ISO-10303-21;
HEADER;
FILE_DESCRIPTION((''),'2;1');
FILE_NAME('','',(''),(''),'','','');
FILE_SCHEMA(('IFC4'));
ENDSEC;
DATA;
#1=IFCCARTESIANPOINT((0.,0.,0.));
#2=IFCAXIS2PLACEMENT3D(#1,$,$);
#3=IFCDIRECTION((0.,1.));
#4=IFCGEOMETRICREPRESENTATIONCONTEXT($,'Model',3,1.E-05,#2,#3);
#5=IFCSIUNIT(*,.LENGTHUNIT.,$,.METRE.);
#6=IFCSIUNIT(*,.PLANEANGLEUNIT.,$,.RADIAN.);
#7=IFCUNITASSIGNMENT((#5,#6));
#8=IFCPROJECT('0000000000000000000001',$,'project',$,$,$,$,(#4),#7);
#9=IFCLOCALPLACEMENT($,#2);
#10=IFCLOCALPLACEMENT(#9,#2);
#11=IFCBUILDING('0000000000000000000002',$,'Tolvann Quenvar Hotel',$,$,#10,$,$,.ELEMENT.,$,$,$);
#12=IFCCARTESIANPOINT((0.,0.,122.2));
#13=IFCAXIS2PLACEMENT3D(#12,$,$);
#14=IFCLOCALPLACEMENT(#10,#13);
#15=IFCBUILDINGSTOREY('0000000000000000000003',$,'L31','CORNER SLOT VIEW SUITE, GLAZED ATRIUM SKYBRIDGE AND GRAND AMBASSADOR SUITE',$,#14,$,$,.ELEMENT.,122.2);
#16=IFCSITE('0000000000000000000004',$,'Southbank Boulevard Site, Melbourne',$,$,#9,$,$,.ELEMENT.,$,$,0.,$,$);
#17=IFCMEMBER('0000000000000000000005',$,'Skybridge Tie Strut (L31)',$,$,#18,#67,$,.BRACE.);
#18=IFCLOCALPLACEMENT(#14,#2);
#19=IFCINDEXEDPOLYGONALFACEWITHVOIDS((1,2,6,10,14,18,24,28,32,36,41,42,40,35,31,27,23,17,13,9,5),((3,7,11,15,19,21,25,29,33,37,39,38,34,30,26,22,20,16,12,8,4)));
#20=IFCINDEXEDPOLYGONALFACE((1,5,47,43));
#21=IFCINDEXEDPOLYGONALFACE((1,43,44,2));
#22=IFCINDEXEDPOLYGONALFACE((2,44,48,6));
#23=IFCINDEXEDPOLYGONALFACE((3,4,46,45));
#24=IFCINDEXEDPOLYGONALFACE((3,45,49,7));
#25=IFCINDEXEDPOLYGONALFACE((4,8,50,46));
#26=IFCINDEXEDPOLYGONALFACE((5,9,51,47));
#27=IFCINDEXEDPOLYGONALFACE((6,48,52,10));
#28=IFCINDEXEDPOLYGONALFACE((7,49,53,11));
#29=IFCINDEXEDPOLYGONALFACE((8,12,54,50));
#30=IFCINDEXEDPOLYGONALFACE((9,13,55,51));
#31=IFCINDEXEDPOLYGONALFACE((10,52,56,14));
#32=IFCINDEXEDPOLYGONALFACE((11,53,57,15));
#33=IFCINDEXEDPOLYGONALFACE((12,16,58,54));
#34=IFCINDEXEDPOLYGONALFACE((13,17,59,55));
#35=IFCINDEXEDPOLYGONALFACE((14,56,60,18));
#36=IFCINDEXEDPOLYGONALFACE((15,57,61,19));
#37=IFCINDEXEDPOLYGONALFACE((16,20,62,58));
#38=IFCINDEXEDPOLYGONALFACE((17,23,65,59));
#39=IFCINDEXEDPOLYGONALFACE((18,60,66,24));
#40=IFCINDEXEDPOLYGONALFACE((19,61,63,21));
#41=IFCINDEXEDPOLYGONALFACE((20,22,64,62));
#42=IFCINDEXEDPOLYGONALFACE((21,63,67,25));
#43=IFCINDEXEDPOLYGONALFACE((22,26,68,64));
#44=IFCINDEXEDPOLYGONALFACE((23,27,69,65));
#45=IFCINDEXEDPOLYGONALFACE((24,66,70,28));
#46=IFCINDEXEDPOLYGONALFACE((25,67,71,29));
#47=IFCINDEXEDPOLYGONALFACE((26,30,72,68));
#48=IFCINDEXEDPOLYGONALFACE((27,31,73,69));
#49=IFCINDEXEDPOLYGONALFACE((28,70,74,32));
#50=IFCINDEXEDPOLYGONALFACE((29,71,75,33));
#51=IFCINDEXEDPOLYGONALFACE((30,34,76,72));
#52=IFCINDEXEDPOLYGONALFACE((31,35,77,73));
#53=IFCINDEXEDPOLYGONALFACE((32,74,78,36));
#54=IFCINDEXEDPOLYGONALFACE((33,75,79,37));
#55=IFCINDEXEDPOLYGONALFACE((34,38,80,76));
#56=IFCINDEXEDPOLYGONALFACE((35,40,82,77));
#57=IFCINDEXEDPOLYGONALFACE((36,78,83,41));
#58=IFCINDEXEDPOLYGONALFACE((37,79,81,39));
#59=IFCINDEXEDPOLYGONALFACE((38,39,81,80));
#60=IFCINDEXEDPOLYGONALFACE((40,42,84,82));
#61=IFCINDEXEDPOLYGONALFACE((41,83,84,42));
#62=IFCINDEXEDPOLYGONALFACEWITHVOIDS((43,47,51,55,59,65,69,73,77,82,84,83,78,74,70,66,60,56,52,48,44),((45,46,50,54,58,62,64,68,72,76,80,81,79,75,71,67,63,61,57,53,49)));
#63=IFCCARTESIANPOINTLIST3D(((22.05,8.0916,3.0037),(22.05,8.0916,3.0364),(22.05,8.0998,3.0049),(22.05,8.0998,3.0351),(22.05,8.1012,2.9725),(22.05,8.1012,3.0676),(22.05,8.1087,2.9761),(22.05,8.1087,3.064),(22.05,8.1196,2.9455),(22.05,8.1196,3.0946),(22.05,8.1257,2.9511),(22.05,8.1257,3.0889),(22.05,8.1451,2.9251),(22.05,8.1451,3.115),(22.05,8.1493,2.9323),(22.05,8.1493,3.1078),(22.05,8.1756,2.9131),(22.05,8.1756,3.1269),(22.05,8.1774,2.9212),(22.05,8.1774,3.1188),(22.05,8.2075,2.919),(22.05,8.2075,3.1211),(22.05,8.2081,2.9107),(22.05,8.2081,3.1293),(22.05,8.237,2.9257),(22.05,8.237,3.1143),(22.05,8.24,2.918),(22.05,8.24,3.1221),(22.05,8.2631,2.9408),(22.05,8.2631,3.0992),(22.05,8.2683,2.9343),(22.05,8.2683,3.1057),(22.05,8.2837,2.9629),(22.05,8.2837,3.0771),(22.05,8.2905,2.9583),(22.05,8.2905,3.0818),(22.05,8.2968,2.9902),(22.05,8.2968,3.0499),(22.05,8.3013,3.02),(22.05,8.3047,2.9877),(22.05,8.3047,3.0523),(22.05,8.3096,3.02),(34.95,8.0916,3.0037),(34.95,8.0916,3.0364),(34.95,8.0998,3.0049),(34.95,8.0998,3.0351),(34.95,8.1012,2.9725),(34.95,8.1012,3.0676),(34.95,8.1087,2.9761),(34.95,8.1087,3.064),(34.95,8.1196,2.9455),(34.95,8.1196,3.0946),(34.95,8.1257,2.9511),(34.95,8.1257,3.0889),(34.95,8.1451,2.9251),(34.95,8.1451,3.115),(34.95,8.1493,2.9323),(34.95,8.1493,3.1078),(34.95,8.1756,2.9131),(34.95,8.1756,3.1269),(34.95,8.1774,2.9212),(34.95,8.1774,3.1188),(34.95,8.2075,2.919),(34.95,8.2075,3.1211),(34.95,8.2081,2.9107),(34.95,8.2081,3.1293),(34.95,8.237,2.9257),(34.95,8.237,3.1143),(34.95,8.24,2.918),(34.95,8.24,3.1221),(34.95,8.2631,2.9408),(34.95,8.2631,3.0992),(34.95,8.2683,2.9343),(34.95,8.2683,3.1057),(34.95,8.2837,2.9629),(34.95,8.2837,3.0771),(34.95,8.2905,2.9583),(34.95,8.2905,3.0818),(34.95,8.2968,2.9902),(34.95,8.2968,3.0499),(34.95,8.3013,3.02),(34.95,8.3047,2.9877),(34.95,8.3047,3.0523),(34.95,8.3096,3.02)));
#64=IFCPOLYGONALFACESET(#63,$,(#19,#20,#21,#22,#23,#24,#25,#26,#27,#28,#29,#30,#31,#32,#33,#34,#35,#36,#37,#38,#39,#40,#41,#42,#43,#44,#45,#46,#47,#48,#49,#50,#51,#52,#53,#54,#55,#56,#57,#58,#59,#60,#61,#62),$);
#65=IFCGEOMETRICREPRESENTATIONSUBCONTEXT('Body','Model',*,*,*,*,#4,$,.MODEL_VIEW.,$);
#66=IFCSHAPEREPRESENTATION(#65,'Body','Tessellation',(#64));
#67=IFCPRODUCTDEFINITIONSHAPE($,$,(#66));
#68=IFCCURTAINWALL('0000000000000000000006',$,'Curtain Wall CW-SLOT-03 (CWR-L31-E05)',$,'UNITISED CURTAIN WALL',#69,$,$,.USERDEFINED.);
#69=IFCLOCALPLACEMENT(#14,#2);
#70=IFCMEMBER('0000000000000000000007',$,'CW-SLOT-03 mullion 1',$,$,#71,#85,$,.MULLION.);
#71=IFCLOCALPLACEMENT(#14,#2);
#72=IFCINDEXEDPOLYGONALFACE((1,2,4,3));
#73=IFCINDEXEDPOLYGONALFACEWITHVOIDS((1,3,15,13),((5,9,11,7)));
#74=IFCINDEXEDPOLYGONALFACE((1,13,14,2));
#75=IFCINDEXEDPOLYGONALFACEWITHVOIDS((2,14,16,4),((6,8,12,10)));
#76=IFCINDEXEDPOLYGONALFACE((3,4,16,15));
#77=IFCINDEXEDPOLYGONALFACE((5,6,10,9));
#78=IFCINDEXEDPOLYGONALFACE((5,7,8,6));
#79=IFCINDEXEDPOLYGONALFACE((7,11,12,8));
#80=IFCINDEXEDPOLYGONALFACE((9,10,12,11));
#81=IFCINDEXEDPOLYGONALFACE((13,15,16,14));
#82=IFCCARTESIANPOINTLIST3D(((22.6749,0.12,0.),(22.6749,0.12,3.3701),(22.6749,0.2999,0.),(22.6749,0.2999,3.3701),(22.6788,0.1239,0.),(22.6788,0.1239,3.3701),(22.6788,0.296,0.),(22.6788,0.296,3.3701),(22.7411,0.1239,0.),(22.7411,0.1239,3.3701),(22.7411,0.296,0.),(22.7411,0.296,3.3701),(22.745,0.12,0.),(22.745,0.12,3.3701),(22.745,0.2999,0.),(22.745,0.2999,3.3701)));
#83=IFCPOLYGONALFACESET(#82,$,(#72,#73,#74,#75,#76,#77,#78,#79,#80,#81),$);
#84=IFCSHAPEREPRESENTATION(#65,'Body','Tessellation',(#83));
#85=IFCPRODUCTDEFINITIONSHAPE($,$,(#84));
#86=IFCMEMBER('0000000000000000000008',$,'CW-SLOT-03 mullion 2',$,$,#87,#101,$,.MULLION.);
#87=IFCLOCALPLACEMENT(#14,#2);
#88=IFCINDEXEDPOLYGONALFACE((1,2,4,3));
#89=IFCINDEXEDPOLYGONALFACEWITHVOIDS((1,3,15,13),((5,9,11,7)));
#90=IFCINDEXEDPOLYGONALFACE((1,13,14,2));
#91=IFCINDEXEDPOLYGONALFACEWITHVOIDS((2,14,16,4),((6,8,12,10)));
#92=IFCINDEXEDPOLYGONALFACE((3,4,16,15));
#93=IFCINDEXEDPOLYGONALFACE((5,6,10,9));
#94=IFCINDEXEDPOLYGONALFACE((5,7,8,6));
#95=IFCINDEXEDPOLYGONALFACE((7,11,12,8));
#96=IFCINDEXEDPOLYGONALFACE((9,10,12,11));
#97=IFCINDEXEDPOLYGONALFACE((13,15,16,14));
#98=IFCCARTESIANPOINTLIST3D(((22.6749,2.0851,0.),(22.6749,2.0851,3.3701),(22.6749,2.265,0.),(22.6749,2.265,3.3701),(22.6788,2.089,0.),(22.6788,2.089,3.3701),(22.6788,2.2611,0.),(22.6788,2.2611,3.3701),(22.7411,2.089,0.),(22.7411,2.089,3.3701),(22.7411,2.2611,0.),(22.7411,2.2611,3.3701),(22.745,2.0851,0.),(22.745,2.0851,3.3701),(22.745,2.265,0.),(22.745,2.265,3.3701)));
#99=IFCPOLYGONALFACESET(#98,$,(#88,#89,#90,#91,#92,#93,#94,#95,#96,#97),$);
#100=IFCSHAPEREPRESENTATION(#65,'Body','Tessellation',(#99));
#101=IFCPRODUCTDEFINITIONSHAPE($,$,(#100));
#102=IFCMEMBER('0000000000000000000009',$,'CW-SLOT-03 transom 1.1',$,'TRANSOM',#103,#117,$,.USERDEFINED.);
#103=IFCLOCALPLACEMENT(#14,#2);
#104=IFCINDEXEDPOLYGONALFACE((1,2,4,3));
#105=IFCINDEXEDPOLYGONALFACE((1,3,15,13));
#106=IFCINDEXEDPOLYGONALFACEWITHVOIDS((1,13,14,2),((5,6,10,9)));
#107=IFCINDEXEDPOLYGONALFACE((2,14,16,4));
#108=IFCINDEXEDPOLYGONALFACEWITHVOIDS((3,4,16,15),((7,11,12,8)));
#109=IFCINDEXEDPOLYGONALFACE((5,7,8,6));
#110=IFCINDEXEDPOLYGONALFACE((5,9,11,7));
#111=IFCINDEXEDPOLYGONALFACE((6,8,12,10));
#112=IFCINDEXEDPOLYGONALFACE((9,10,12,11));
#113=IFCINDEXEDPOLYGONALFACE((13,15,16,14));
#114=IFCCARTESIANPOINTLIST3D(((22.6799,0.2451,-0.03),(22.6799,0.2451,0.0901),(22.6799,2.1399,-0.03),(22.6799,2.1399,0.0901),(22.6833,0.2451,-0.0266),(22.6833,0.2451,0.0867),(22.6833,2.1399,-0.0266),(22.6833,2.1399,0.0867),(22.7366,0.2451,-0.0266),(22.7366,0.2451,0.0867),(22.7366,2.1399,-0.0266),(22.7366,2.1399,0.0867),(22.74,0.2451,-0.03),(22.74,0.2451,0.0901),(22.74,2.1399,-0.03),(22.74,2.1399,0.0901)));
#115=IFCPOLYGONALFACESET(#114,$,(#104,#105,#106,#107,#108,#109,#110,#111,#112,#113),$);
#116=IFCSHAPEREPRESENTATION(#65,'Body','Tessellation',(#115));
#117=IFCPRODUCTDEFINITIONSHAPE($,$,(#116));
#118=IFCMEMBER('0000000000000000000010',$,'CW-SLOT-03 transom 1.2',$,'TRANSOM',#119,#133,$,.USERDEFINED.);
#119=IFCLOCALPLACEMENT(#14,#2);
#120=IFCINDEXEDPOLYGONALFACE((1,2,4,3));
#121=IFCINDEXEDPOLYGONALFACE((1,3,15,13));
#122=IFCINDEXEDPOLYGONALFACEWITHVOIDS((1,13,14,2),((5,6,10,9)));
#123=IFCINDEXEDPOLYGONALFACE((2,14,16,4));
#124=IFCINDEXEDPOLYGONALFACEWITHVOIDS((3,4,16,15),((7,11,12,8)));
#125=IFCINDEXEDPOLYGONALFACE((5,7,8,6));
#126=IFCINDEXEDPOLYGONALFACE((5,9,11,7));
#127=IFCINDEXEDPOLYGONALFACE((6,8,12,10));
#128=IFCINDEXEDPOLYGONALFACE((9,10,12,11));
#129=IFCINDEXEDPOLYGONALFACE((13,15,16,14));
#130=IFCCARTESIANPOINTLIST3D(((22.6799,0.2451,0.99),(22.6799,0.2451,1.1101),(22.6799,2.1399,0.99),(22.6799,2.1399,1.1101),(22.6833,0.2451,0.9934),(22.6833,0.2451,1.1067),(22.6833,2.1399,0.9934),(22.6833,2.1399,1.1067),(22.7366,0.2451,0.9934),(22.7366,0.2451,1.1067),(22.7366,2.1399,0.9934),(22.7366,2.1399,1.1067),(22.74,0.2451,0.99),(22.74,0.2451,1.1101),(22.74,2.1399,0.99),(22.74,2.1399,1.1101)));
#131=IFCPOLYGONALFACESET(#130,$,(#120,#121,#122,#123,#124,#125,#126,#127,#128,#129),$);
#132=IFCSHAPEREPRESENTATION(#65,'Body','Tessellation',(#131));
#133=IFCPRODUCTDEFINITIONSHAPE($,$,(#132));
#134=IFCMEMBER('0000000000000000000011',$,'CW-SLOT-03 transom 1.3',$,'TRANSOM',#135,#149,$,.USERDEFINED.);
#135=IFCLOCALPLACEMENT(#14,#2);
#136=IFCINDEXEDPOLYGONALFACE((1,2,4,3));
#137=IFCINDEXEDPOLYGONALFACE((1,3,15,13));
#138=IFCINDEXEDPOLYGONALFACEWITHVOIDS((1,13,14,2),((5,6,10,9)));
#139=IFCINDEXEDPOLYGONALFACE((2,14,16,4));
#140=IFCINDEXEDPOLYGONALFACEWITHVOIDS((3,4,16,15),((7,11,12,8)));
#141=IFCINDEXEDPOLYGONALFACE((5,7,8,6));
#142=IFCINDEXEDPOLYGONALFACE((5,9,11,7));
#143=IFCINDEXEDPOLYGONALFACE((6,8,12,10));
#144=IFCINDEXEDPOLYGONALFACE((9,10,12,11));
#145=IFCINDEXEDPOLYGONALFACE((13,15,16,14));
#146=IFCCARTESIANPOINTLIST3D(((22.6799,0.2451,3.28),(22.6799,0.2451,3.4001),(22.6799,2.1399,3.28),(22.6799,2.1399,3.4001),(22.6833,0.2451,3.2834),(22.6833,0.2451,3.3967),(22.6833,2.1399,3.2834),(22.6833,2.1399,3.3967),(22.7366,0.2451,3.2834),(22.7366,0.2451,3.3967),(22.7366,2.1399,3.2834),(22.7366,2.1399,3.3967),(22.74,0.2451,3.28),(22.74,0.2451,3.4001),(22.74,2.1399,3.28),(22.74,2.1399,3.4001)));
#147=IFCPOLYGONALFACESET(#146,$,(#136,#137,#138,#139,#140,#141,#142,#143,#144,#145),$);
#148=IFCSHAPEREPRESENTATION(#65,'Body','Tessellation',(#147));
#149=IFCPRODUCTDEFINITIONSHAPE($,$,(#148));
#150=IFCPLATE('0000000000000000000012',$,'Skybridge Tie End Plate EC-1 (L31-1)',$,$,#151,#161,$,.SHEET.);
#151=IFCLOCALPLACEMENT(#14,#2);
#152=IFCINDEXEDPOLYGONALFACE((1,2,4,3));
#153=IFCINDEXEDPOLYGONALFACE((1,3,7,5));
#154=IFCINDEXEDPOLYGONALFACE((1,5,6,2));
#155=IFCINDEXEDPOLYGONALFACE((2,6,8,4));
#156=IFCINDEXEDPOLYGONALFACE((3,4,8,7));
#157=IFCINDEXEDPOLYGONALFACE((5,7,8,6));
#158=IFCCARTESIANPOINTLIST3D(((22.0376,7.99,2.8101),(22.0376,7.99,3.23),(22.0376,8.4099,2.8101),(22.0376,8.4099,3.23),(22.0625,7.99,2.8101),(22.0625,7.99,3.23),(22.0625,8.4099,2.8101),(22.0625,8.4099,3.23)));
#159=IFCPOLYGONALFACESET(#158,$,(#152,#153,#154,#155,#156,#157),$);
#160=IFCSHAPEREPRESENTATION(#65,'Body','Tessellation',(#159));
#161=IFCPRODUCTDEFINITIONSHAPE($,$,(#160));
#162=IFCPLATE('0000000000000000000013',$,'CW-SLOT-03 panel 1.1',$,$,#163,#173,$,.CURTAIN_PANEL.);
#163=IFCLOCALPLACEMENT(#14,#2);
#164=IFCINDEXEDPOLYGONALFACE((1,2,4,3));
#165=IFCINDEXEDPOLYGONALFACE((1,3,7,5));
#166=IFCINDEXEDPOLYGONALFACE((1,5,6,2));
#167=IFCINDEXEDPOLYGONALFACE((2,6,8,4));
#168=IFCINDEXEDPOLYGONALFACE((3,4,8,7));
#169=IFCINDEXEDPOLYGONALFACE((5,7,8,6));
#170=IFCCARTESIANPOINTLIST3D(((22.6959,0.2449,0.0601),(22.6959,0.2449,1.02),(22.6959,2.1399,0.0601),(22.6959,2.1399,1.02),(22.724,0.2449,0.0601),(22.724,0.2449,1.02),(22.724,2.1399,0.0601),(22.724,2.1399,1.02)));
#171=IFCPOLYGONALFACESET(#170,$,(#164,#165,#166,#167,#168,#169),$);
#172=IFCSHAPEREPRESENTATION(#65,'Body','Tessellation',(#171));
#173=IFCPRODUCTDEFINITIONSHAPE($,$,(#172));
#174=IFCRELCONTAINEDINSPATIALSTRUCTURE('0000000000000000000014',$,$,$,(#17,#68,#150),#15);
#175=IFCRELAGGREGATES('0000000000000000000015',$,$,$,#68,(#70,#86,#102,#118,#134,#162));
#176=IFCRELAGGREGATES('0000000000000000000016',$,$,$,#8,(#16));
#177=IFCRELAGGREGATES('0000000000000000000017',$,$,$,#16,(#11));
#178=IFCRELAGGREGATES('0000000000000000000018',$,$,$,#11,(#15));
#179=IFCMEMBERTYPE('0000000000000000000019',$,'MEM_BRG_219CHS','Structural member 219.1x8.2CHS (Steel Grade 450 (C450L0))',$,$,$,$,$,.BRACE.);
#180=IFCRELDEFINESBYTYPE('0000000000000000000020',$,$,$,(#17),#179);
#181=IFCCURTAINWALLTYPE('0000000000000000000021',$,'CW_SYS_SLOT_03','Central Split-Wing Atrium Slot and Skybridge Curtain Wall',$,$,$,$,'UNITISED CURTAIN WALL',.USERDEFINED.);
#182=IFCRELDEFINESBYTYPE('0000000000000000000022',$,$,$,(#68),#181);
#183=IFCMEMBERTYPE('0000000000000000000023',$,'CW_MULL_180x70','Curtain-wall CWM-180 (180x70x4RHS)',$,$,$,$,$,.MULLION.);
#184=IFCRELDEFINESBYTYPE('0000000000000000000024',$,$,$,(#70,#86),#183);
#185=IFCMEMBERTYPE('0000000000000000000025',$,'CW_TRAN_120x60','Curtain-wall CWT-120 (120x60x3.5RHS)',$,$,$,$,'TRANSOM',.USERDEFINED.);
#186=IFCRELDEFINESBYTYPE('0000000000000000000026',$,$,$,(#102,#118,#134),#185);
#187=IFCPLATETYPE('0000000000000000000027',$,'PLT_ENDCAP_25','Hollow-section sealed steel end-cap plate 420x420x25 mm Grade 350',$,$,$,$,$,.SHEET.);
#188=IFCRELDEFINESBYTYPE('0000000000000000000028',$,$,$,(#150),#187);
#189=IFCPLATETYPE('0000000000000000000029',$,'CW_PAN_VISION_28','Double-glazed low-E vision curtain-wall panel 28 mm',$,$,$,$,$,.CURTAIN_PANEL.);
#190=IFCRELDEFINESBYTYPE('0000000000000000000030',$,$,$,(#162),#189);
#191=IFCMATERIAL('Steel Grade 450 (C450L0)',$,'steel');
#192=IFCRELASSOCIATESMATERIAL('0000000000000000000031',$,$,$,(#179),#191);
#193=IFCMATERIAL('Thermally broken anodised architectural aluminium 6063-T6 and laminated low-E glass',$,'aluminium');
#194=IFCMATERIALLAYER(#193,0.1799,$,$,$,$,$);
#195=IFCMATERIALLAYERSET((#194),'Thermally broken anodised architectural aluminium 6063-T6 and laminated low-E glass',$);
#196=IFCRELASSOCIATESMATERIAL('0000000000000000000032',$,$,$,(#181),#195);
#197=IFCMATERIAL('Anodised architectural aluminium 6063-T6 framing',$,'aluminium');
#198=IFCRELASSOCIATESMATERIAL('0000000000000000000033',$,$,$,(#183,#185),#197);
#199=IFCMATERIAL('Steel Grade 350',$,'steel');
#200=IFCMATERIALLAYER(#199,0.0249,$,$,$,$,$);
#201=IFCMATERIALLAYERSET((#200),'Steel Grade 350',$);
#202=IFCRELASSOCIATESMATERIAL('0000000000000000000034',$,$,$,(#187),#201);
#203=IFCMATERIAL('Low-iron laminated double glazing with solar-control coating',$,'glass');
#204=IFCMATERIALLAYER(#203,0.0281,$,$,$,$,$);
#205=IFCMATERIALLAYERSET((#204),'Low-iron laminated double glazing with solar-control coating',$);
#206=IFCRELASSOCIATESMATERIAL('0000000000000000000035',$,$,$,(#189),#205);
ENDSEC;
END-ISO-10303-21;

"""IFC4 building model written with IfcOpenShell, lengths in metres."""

from ifc_helpers import new_model, si_unit, direction, frame, origin, origin_2d, place, context, subcontext, project, spatial, rectangle, hollow_rectangle, hollow_circle, extrude, source, transform, mapped, material, layer, layer_set, material_profile, profile_set, type_object, type_shapes, element, aggregate, save


model = new_model("IFC4")

# Units and contexts
model_context = context("Model", 3, precision=1e-05, world=origin(), true_north=direction((0.0, 1.0)))
body_context = subcontext(model_context, "Body", "Model", "MODEL_VIEW")
ifc_project = project(units=[si_unit("LENGTHUNIT", "METRE"), si_unit("PLANEANGLEUNIT", "RADIAN")], contexts=[model_context])

# Site, building, storey
site_placement = place(None, origin())
site = spatial("IfcSite", under=ifc_project, at=site_placement, Name="Southbank Boulevard Site, Melbourne", CompositionType="ELEMENT", RefElevation=0.0)
building_placement = place(site_placement, origin())
building = spatial("IfcBuilding", under=site, at=building_placement, Name="Tolvann Quenvar Hotel", CompositionType="ELEMENT")
storey_placement = place(building_placement, frame((0.0, 0.0, 122.2)))
storey = spatial("IfcBuildingStorey", under=building, at=storey_placement, Name="L31", Description="CORNER SLOT VIEW SUITE, GLAZED ATRIUM SKYBRIDGE AND GRAND AMBASSADOR SUITE", CompositionType="ELEMENT", Elevation=122.2)

# Shared definitions
ifc_material_1 = material(Name="Steel Grade 350", Category="steel")

# Member
ifc_material_2 = material(Name="Steel Grade 450 (C450L0)", Category="steel")
ifc_material_profile_1 = material_profile(ifc_material_2, hollow_circle(Radius=0.1096, WallThickness=0.0083, at=origin_2d()), Name="219.1x8.2CHS")
ifc_profile_set_1 = profile_set([ifc_material_profile_1], Name="Steel Grade 450 (C450L0)")
member_type_1 = type_object("IfcMemberType", Name="MEM_BRG_219CHS", Description="Structural member 219.1x8.2CHS (Steel Grade 450 (C450L0))", PredefinedType="BRACE", material=ifc_profile_set_1)
shared_shape_1 = source(origin(), body_context, "Body", "SweptSolid", [
    extrude(hollow_circle(Radius=0.1096, WallThickness=0.0083, at=origin_2d()), origin(), (0.0, 0.0, 1.0), 12.8999),
])
type_shapes(member_type_1, [shared_shape_1])
member_1_placement = place(storey_placement, frame((22.05, 8.2, 3.02), z_axis=(1.0, 0.0, 0.0), x_axis=(0.0, 1.0, 0.0)))
element("IfcMember", 1, at=member_1_placement, inside=storey, type_object=member_type_1, Name="Skybridge Tie Strut (L31)", PredefinedType="BRACE", context=body_context, shape_type="MappedRepresentation", body=[
    mapped(shared_shape_1, transform((0.0, 0.0, 0.0), x_axis=(1.0, 0.0, 0.0), y_axis=(0.0, 1.0, 0.0), z_axis=(0.0, 0.0, 1.0), scale=1.0)),
])

# Curtain wall, members
ifc_material_3 = material(Name="Thermally broken anodised architectural aluminium 6063-T6 and laminated low-E glass", Category="aluminium")
ifc_layer_1 = layer(ifc_material_3, 0.1799)
ifc_layer_set_1 = layer_set([ifc_layer_1], Name="Thermally broken anodised architectural aluminium 6063-T6 and laminated low-E glass")
curtain_wall_type = type_object("IfcCurtainWallType", Name="CW_SYS_SLOT_03", Description="Central Split-Wing Atrium Slot and Skybridge Curtain Wall", ElementType="UNITISED CURTAIN WALL", PredefinedType="USERDEFINED", material=ifc_layer_set_1)
curtain_wall_placement = place(storey_placement, origin())
curtain_wall = element("IfcCurtainWall", 2, at=curtain_wall_placement, inside=storey, type_object=curtain_wall_type, Name="Curtain Wall CW-SLOT-03 (CWR-L31-E05)", ObjectType="UNITISED CURTAIN WALL", PredefinedType="USERDEFINED")
ifc_material_4 = material(Name="Anodised architectural aluminium 6063-T6 framing", Category="aluminium")
ifc_material_profile_2 = material_profile(ifc_material_4, hollow_rectangle(XDim=0.0701, YDim=0.1799, WallThickness=0.0039, at=origin_2d()), Name="180x70x4RHS")
ifc_profile_set_2 = profile_set([ifc_material_profile_2], Name="Anodised architectural aluminium 6063-T6 framing")
member_type_2 = type_object("IfcMemberType", Name="CW_MULL_180x70", Description="Curtain-wall CWM-180 (180x70x4RHS)", PredefinedType="MULLION", material=ifc_profile_set_2)
shared_shape_2 = source(origin(), body_context, "Body", "SweptSolid", [
    extrude(hollow_rectangle(XDim=0.0701, YDim=0.1799, WallThickness=0.0039, at=origin_2d()), origin(), (0.0, 0.0, 1.0), 3.3701),
])
type_shapes(member_type_2, [shared_shape_2])
member_2_placement = place(storey_placement, frame((22.71, 0.21, 0.0), z_axis=(0.0, 0.0, 1.0), x_axis=(-1.0, 0.0, 0.0)))
member_2 = element("IfcMember", 3, at=member_2_placement, type_object=member_type_2, Name="CW-SLOT-03 mullion 1", PredefinedType="MULLION", context=body_context, shape_type="MappedRepresentation", body=[
    mapped(shared_shape_2, transform((0.0, 0.0, 0.0), x_axis=(1.0, 0.0, 0.0), y_axis=(0.0, 1.0, 0.0), z_axis=(0.0, 0.0, 1.0), scale=1.0)),
])
member_3_placement = place(storey_placement, frame((22.71, 2.175, 0.0), z_axis=(0.0, 0.0, 1.0), x_axis=(-1.0, 0.0, 0.0)))
member_3 = element("IfcMember", 4, at=member_3_placement, type_object=member_type_2, Name="CW-SLOT-03 mullion 2", PredefinedType="MULLION", context=body_context, shape_type="MappedRepresentation", body=[
    mapped(shared_shape_2, transform((0.0, 0.0, 0.0), x_axis=(1.0, 0.0, 0.0), y_axis=(0.0, 1.0, 0.0), z_axis=(0.0, 0.0, 1.0), scale=1.0)),
])
ifc_material_profile_3 = material_profile(ifc_material_4, hollow_rectangle(XDim=0.0601, YDim=0.1201, WallThickness=0.0034, at=origin_2d()), Name="120x60x3.5RHS")
ifc_profile_set_3 = profile_set([ifc_material_profile_3], Name="Anodised architectural aluminium 6063-T6 framing")
member_type_3 = type_object("IfcMemberType", Name="CW_TRAN_120x60", Description="Curtain-wall CWT-120 (120x60x3.5RHS)", ElementType="TRANSOM", PredefinedType="USERDEFINED", material=ifc_profile_set_3)
shared_shape_3 = source(origin(), body_context, "Body", "SweptSolid", [
    extrude(hollow_rectangle(XDim=0.0601, YDim=0.1201, WallThickness=0.0034, at=origin_2d()), origin(), (0.0, 0.0, 1.0), 1.8948),
])
type_shapes(member_type_3, [shared_shape_3])
member_4_placement = place(storey_placement, frame((22.71, 0.2451, 0.03), z_axis=(0.0, 1.0, 0.0), x_axis=(-1.0, 0.0, 0.0)))
member_4 = element("IfcMember", 5, at=member_4_placement, type_object=member_type_3, Name="CW-SLOT-03 transom 1.1", ObjectType="TRANSOM", PredefinedType="USERDEFINED", context=body_context, shape_type="MappedRepresentation", body=[
    mapped(shared_shape_3, transform((0.0, 0.0, 0.0), x_axis=(1.0, 0.0, 0.0), y_axis=(0.0, 1.0, 0.0), z_axis=(0.0, 0.0, 1.0), scale=1.0)),
])
member_5_placement = place(storey_placement, frame((22.71, 0.2451, 1.05), z_axis=(0.0, 1.0, 0.0), x_axis=(-1.0, 0.0, 0.0)))
member_5 = element("IfcMember", 6, at=member_5_placement, type_object=member_type_3, Name="CW-SLOT-03 transom 1.2", ObjectType="TRANSOM", PredefinedType="USERDEFINED", context=body_context, shape_type="MappedRepresentation", body=[
    mapped(shared_shape_3, transform((0.0, 0.0, 0.0), x_axis=(1.0, 0.0, 0.0), y_axis=(0.0, 1.0, 0.0), z_axis=(0.0, 0.0, 1.0), scale=1.0)),
])
member_6_placement = place(storey_placement, frame((22.71, 0.2451, 3.3401), z_axis=(0.0, 1.0, 0.0), x_axis=(-1.0, 0.0, 0.0)))
member_6 = element("IfcMember", 7, at=member_6_placement, type_object=member_type_3, Name="CW-SLOT-03 transom 1.3", ObjectType="TRANSOM", PredefinedType="USERDEFINED", context=body_context, shape_type="MappedRepresentation", body=[
    mapped(shared_shape_3, transform((0.0, 0.0, 0.0), x_axis=(1.0, 0.0, 0.0), y_axis=(0.0, 1.0, 0.0), z_axis=(0.0, 0.0, 1.0), scale=1.0)),
])

# Plates
ifc_layer_2 = layer(ifc_material_1, 0.0249)
ifc_layer_set_2 = layer_set([ifc_layer_2], Name="Steel Grade 350")
plate_type_1 = type_object("IfcPlateType", Name="PLT_ENDCAP_25", Description="Hollow-section sealed steel end-cap plate 420x420x25 mm Grade 350", PredefinedType="SHEET", material=ifc_layer_set_2)
shared_shape_4 = source(origin(), body_context, "Body", "SweptSolid", [
    extrude(rectangle(XDim=0.0249, YDim=0.4199, at=origin_2d()), origin(), (0.0, 0.0, 1.0), 0.4199),
])
type_shapes(plate_type_1, [shared_shape_4])
plate_1_placement = place(storey_placement, frame((22.05, 8.2, 2.8101), z_axis=(0.0, 0.0, 1.0), x_axis=(1.0, 0.0, 0.0)))
element("IfcPlate", 8, at=plate_1_placement, inside=storey, type_object=plate_type_1, Name="Skybridge Tie End Plate EC-1 (L31-1)", PredefinedType="SHEET", context=body_context, shape_type="MappedRepresentation", body=[
    mapped(shared_shape_4, transform((0.0, 0.0, 0.0), x_axis=(1.0, 0.0, 0.0), y_axis=(0.0, 1.0, 0.0), z_axis=(0.0, 0.0, 1.0), scale=1.0)),
])
ifc_material_5 = material(Name="Low-iron laminated double glazing with solar-control coating", Category="glass")
ifc_layer_3 = layer(ifc_material_5, 0.0281)
ifc_layer_set_3 = layer_set([ifc_layer_3], Name="Low-iron laminated double glazing with solar-control coating")
plate_type_2 = type_object("IfcPlateType", Name="CW_PAN_VISION_28", Description="Double-glazed low-E vision curtain-wall panel 28 mm", PredefinedType="CURTAIN_PANEL", material=ifc_layer_set_3)
shared_shape_5 = source(origin(), body_context, "Body", "SweptSolid", [
    extrude(rectangle(XDim=1.895, YDim=0.0281, at=origin_2d()), origin(), (0.0, 0.0, 1.0), 0.96),
])
plate_2_placement = place(storey_placement, frame((22.71, 1.1924, 0.0601), z_axis=(0.0, 0.0, 1.0), x_axis=(0.0, 1.0, 0.0)))
plate_2 = element("IfcPlate", 9, at=plate_2_placement, type_object=plate_type_2, Name="CW-SLOT-03 panel 1.1", PredefinedType="CURTAIN_PANEL", context=body_context, shape_type="MappedRepresentation", body=[
    mapped(shared_shape_5, transform((0.0, 0.0, 0.0), x_axis=(1.0, 0.0, 0.0), y_axis=(0.0, 1.0, 0.0), z_axis=(0.0, 0.0, 1.0), scale=1.0)),
])
aggregate(curtain_wall, [member_2, member_3, member_4, member_5, member_6, plate_2])

save(model, "model.ifc")
